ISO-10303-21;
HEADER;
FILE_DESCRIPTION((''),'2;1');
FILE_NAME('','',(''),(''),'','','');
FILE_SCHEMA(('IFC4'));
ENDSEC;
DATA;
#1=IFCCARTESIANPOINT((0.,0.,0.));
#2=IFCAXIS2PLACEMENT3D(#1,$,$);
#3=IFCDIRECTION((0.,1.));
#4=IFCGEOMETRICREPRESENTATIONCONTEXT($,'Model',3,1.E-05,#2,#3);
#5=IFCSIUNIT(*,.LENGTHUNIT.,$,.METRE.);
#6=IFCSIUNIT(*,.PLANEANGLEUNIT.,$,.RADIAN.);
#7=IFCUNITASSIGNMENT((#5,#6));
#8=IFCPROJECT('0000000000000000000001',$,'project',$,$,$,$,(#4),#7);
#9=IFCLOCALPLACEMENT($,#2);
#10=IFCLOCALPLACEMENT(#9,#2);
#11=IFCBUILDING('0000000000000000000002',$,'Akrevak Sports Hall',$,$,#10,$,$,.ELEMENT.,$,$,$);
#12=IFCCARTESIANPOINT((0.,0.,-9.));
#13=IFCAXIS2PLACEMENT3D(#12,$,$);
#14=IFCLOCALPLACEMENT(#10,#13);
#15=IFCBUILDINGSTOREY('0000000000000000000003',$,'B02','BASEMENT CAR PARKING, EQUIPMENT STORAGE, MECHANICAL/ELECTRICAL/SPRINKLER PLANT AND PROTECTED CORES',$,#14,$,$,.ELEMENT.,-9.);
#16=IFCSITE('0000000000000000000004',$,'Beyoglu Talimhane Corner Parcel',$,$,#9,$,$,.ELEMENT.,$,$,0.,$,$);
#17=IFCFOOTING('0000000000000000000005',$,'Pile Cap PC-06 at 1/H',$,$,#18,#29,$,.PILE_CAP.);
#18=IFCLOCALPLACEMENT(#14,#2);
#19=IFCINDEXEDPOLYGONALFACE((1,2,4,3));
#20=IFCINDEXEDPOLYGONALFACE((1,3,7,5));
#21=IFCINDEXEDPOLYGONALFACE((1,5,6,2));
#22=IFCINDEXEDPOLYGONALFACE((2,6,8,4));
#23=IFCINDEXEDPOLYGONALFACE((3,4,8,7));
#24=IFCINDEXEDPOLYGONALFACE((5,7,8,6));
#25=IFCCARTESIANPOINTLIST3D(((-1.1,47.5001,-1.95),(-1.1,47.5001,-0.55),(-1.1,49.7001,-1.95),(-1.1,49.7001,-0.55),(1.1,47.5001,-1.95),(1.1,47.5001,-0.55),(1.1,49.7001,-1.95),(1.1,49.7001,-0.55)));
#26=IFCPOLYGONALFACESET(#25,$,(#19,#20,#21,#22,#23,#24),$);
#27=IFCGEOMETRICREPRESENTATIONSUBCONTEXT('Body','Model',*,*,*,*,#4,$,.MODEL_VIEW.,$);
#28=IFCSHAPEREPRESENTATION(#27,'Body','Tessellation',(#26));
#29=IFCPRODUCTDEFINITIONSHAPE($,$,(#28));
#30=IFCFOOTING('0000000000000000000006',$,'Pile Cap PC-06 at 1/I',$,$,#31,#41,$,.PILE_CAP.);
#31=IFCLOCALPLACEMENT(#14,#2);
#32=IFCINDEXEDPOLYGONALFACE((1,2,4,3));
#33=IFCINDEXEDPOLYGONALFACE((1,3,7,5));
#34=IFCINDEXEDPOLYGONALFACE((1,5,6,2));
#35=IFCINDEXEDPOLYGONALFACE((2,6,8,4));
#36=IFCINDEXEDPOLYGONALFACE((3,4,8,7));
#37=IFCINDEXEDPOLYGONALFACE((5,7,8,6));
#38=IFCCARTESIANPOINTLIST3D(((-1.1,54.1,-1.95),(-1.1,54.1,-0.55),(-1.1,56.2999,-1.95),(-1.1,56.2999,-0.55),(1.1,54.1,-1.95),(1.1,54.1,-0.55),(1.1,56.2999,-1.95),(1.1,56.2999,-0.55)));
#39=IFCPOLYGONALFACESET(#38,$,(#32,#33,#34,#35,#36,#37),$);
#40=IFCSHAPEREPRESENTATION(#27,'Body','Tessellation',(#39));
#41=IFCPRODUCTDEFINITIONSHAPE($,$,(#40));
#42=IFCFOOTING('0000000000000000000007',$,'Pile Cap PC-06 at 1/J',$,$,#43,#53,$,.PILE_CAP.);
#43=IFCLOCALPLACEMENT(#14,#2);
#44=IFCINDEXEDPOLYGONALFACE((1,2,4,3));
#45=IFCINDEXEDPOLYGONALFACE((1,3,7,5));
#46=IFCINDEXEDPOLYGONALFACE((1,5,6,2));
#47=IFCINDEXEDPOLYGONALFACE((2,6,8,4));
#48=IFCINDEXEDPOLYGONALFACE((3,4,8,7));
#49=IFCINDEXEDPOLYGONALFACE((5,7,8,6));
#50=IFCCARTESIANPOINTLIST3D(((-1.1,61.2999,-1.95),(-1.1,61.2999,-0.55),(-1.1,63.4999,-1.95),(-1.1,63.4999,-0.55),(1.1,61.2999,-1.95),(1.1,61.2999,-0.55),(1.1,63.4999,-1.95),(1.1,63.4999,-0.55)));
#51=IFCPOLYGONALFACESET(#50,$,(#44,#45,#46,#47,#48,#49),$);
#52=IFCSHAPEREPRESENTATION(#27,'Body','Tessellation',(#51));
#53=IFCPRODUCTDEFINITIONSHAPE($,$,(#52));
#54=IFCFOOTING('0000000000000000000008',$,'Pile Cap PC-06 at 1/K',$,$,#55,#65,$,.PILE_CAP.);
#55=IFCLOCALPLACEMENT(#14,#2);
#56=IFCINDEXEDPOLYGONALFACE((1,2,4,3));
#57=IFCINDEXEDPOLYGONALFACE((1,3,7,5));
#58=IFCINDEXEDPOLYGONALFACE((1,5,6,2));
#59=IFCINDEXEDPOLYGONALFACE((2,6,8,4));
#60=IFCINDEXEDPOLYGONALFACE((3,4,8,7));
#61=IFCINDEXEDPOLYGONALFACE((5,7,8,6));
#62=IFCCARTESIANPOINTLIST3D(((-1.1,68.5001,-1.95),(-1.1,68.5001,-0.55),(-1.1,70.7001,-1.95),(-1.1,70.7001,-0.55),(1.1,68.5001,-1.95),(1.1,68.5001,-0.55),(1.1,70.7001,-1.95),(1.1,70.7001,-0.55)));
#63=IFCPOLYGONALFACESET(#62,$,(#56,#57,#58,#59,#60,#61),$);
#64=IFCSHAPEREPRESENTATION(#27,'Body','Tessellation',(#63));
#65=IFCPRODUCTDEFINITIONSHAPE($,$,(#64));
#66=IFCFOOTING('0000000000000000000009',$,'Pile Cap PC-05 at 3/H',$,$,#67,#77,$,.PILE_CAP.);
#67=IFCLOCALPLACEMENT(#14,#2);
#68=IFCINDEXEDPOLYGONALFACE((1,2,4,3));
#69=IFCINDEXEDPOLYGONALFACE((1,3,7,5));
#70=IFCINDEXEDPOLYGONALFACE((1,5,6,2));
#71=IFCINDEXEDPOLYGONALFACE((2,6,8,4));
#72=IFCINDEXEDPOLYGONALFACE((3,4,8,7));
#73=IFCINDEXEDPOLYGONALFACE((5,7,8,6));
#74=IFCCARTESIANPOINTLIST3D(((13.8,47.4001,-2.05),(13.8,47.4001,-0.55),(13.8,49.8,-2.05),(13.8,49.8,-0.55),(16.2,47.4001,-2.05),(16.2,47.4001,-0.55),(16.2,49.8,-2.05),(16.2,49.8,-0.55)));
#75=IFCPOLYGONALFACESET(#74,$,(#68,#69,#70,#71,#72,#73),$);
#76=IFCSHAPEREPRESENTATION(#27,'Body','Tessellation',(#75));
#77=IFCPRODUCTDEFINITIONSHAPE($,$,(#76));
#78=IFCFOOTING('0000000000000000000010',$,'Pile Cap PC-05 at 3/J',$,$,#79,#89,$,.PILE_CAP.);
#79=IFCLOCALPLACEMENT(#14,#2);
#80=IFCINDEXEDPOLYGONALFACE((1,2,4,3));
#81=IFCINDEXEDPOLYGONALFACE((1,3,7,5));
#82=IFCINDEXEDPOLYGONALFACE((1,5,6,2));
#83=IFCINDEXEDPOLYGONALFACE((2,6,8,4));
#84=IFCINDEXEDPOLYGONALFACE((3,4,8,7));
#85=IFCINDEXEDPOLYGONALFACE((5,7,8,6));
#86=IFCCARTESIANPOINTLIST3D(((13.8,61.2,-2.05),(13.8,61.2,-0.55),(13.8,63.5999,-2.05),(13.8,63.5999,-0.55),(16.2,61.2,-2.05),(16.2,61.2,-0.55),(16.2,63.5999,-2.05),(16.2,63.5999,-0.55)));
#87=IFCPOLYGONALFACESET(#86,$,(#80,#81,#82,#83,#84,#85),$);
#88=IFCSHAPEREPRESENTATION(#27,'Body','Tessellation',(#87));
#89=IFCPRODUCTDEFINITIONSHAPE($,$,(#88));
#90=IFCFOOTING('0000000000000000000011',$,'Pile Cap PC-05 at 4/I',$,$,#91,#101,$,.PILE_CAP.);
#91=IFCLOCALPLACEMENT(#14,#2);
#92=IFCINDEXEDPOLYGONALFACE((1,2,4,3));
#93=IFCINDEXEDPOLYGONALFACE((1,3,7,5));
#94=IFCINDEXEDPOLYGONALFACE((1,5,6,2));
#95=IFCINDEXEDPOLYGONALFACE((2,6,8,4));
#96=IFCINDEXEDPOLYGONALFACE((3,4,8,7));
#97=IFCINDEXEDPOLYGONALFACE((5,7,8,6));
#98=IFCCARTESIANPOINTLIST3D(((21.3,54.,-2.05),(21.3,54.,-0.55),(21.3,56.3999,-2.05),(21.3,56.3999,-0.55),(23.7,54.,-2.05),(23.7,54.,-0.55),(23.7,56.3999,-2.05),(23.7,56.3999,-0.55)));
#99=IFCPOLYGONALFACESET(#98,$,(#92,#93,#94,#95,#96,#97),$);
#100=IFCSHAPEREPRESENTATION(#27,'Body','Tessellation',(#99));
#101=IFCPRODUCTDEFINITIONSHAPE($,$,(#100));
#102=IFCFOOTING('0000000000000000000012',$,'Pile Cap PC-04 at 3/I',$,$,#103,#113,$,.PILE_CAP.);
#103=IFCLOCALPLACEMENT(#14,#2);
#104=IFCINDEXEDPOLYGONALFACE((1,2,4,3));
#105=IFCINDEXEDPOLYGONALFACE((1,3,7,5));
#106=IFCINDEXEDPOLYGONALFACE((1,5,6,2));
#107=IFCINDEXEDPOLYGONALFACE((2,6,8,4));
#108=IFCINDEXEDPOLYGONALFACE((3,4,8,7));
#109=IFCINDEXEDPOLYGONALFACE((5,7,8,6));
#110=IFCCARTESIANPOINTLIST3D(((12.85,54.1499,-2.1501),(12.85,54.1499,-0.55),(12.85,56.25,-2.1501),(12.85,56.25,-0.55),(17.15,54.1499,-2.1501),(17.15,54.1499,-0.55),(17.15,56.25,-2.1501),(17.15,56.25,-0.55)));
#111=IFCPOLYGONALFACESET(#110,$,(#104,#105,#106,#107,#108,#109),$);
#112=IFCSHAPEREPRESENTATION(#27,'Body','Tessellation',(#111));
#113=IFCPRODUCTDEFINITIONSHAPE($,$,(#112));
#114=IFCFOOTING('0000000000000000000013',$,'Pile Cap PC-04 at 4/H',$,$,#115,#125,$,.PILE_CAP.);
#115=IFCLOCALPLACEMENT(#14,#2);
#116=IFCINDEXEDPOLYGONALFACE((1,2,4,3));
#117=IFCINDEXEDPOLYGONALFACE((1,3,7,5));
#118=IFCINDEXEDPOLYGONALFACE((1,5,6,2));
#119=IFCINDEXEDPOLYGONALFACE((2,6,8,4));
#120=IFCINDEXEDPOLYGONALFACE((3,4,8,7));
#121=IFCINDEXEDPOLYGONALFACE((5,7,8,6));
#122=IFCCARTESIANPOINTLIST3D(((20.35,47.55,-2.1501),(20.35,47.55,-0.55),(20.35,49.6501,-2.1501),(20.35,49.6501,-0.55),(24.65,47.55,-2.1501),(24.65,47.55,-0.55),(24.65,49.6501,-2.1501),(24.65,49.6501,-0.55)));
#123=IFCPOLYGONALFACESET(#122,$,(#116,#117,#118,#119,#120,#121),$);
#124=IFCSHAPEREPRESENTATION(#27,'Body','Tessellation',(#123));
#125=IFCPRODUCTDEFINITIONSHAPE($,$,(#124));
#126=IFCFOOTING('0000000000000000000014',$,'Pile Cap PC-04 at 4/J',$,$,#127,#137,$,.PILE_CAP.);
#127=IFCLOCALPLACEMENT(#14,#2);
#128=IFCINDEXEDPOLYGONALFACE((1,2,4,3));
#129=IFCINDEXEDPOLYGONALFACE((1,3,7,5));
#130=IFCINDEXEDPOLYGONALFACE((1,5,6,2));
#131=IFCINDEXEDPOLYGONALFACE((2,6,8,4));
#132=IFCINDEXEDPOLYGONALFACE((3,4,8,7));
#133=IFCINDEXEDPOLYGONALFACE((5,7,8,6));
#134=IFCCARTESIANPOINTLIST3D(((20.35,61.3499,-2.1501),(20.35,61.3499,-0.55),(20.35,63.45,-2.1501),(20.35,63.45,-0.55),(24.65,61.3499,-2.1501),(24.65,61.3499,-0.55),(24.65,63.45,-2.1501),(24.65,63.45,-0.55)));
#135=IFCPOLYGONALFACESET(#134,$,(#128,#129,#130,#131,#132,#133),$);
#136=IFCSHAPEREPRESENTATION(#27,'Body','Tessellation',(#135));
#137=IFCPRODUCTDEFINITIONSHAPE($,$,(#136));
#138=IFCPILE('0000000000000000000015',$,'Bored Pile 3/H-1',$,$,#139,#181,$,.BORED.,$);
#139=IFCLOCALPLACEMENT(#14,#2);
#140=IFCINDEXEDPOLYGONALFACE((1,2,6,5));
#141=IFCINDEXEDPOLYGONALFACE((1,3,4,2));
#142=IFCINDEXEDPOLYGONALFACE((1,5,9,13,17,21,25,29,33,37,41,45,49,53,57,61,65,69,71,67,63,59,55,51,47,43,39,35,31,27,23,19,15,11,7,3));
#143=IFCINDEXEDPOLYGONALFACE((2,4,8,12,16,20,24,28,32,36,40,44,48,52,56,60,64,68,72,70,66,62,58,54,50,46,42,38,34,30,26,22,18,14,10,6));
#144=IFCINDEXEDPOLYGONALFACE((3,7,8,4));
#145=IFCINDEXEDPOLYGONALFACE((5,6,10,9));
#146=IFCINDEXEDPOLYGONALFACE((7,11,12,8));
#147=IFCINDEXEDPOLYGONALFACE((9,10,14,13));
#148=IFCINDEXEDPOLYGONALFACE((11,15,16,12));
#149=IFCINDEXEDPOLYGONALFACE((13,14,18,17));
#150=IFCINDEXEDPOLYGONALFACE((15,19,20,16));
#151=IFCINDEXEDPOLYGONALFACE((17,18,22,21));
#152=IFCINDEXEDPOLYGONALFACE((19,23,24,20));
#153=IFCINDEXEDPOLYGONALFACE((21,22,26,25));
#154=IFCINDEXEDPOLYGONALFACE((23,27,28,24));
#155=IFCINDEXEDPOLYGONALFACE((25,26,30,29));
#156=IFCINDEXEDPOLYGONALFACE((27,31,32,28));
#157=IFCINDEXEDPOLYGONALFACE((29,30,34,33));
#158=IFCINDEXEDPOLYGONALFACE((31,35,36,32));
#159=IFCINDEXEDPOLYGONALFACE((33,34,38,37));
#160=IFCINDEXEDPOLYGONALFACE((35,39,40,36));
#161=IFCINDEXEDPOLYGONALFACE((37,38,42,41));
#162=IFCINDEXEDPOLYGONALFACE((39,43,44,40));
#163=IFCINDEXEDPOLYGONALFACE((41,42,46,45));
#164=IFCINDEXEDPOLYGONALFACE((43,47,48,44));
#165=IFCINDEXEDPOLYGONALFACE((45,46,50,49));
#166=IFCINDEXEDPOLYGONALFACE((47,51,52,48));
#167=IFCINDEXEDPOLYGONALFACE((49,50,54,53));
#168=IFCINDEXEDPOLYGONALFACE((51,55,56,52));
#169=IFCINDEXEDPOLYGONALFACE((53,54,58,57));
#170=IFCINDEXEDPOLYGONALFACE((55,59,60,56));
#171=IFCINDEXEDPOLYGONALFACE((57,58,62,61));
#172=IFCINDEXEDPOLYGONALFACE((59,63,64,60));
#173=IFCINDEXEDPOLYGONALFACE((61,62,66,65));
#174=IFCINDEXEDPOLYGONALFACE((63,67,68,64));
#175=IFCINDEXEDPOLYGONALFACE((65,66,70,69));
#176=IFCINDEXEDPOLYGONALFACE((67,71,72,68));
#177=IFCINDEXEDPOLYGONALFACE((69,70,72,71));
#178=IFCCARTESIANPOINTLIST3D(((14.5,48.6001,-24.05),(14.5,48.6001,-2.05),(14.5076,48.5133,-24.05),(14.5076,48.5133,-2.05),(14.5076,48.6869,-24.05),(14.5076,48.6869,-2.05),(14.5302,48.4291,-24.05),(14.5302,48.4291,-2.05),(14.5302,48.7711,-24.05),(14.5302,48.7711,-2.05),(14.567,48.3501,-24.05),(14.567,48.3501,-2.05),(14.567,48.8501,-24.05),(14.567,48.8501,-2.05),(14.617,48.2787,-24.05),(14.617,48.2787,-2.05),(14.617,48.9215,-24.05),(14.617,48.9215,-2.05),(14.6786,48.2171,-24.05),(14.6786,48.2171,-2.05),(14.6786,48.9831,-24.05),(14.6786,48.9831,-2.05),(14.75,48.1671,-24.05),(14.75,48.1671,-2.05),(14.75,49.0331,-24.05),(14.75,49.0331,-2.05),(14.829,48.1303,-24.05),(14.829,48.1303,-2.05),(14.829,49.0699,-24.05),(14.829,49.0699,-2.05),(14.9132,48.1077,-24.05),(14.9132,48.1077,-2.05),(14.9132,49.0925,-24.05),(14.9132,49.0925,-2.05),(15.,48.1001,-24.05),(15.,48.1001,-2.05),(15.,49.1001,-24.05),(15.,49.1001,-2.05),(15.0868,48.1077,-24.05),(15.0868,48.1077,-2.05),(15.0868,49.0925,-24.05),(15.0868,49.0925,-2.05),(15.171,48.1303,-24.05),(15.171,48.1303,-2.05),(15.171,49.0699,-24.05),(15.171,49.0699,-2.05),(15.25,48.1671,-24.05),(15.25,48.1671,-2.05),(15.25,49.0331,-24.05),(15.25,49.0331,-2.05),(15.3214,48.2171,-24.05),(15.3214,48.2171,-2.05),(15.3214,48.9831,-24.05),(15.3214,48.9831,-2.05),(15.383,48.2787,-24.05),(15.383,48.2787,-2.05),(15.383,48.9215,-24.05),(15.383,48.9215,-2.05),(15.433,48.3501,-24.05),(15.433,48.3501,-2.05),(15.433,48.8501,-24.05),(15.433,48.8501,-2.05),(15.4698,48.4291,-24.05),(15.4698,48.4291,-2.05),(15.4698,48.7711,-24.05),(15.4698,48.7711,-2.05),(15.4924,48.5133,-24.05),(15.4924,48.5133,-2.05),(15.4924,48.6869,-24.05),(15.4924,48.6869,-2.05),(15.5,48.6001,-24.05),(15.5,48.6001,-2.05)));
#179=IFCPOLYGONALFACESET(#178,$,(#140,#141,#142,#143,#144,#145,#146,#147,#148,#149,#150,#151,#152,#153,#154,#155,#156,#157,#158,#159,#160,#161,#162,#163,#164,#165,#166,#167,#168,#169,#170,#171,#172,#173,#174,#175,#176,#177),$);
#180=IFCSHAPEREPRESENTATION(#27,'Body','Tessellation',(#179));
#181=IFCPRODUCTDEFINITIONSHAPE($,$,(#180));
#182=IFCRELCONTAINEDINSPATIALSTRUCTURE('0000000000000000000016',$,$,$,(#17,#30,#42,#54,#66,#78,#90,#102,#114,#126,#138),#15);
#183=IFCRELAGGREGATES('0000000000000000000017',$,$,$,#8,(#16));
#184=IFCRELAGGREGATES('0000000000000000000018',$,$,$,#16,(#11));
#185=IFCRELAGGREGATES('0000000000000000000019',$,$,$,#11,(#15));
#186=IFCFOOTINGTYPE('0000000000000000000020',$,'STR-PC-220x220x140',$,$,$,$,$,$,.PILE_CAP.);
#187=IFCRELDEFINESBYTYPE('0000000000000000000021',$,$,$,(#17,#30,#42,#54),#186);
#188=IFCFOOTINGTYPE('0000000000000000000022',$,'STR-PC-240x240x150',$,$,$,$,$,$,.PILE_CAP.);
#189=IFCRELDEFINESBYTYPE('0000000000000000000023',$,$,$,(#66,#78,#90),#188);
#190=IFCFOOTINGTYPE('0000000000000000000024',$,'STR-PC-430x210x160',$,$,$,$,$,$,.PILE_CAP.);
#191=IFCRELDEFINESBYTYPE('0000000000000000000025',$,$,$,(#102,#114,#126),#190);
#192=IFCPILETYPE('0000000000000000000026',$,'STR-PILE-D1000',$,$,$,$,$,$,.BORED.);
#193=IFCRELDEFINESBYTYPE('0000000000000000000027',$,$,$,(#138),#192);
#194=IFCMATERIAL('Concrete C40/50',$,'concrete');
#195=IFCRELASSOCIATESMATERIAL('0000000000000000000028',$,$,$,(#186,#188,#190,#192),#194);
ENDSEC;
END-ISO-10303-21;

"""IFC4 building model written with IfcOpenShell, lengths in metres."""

from ifc_helpers import new_model, si_unit, direction, frame, origin, origin_2d, place, context, subcontext, project, spatial, rectangle, circle, extrude, material, material_profile, profile_set, type_object, element, save


model = new_model("IFC4")

# Units and contexts
model_context = context("Model", 3, precision=1e-05, world=origin(), true_north=direction((0.0, 1.0)))
body_context = subcontext(model_context, "Body", "Model", "MODEL_VIEW")
ifc_project = project(units=[si_unit("LENGTHUNIT", "METRE"), si_unit("PLANEANGLEUNIT", "RADIAN")], contexts=[model_context])

# Site, building, storey
site_placement = place(None, origin())
site = spatial("IfcSite", under=ifc_project, at=site_placement, Name="Beyoglu Talimhane Corner Parcel", CompositionType="ELEMENT", RefElevation=0.0)
building_placement = place(site_placement, origin())
building = spatial("IfcBuilding", under=site, at=building_placement, Name="Akrevak Sports Hall", CompositionType="ELEMENT")
storey_placement = place(building_placement, frame((0.0, 0.0, -9.0)))
storey = spatial("IfcBuildingStorey", under=building, at=storey_placement, Name="B02", Description="BASEMENT CAR PARKING, EQUIPMENT STORAGE, MECHANICAL/ELECTRICAL/SPRINKLER PLANT AND PROTECTED CORES", CompositionType="ELEMENT", Elevation=-9.0)

# Footings
ifc_material_1 = material(Name="Concrete C40/50", Category="concrete")
footing_type_1 = type_object("IfcFootingType", Name="STR-PC-220x220x140", PredefinedType="PILE_CAP", material=ifc_material_1)
for number, where, z_axis, x_axis, name in (
    (1, (0.0, 48.6001, -1.95), (0.0, 0.0, 1.0), (1.0, 0.0, 0.0), "Pile Cap PC-06 at 1/H"),
    (2, (0.0, 55.2, -1.95), (0.0, 0.0, 1.0), (1.0, 0.0, 0.0), "Pile Cap PC-06 at 1/I"),
    (3, (0.0, 62.3999, -1.95), (0.0, 0.0, 1.0), (1.0, 0.0, 0.0), "Pile Cap PC-06 at 1/J"),
    (4, (0.0, 69.6001, -1.95), (0.0, 0.0, 1.0), (1.0, 0.0, 0.0), "Pile Cap PC-06 at 1/K"),
):
    element("IfcFooting", number, at=place(storey_placement, frame(where, z_axis=z_axis, x_axis=x_axis)), inside=storey, type_object=footing_type_1, Name=name, PredefinedType="PILE_CAP", context=body_context, shape_type="SweptSolid", body=[
        extrude(rectangle(XDim=2.2, YDim=2.2, at=origin_2d()), origin(), (0.0, 0.0, 1.0), 1.3999),
    ])
footing_type_2 = type_object("IfcFootingType", Name="STR-PC-240x240x150", PredefinedType="PILE_CAP", material=ifc_material_1)
for number, where, z_axis, x_axis, name in (
    (5, (15.0, 48.6001, -2.05), (0.0, 0.0, 1.0), (1.0, 0.0, 0.0), "Pile Cap PC-05 at 3/H"),
    (6, (15.0, 62.3999, -2.05), (0.0, 0.0, 1.0), (1.0, 0.0, 0.0), "Pile Cap PC-05 at 3/J"),
    (7, (22.5, 55.2, -2.05), (0.0, 0.0, 1.0), (1.0, 0.0, 0.0), "Pile Cap PC-05 at 4/I"),
):
    element("IfcFooting", number, at=place(storey_placement, frame(where, z_axis=z_axis, x_axis=x_axis)), inside=storey, type_object=footing_type_2, Name=name, PredefinedType="PILE_CAP", context=body_context, shape_type="SweptSolid", body=[
        extrude(rectangle(XDim=2.3999, YDim=2.3999, at=origin_2d()), origin(), (0.0, 0.0, 1.0), 1.5),
    ])
footing_type_3 = type_object("IfcFootingType", Name="STR-PC-430x210x160", PredefinedType="PILE_CAP", material=ifc_material_1)
for number, where, z_axis, x_axis, name in (
    (8, (15.0, 55.2, -2.1501), (0.0, 0.0, 1.0), (1.0, 0.0, 0.0), "Pile Cap PC-04 at 3/I"),
    (9, (22.5, 48.6001, -2.1501), (0.0, 0.0, 1.0), (1.0, 0.0, 0.0), "Pile Cap PC-04 at 4/H"),
    (10, (22.5, 62.3999, -2.1501), (0.0, 0.0, 1.0), (1.0, 0.0, 0.0), "Pile Cap PC-04 at 4/J"),
):
    element("IfcFooting", number, at=place(storey_placement, frame(where, z_axis=z_axis, x_axis=x_axis)), inside=storey, type_object=footing_type_3, Name=name, PredefinedType="PILE_CAP", context=body_context, shape_type="SweptSolid", body=[
        extrude(rectangle(XDim=4.3, YDim=2.1001, at=origin_2d()), origin(), (0.0, 0.0, 1.0), 1.6001),
    ])

# Pile
ifc_material_profile_1 = material_profile(ifc_material_1, circle(Radius=0.5, at=origin_2d()), Name="BORED PILE D1000", Category="concrete")
ifc_profile_set_1 = profile_set([ifc_material_profile_1], Name="Concrete C40/50")
pile_type_1 = type_object("IfcPileType", Name="STR-PILE-D1000", PredefinedType="BORED", material=ifc_profile_set_1)
for number, where, z_axis, x_axis, name in (
    (11, (15.0, 48.6001, -2.05), (0.0, 0.0, -1.0), (1.0, 0.0, 0.0), "Bored Pile 3/H-1"),
):
    element("IfcPile", number, at=place(storey_placement, frame(where, z_axis=z_axis, x_axis=x_axis)), inside=storey, type_object=pile_type_1, Name=name, PredefinedType="BORED", context=body_context, shape_type="SweptSolid", body=[
        extrude(circle(Radius=0.5, at=origin_2d()), origin(), (0.0, 0.0, 1.0), 22.0),
    ])

save(model, "model.ifc")
